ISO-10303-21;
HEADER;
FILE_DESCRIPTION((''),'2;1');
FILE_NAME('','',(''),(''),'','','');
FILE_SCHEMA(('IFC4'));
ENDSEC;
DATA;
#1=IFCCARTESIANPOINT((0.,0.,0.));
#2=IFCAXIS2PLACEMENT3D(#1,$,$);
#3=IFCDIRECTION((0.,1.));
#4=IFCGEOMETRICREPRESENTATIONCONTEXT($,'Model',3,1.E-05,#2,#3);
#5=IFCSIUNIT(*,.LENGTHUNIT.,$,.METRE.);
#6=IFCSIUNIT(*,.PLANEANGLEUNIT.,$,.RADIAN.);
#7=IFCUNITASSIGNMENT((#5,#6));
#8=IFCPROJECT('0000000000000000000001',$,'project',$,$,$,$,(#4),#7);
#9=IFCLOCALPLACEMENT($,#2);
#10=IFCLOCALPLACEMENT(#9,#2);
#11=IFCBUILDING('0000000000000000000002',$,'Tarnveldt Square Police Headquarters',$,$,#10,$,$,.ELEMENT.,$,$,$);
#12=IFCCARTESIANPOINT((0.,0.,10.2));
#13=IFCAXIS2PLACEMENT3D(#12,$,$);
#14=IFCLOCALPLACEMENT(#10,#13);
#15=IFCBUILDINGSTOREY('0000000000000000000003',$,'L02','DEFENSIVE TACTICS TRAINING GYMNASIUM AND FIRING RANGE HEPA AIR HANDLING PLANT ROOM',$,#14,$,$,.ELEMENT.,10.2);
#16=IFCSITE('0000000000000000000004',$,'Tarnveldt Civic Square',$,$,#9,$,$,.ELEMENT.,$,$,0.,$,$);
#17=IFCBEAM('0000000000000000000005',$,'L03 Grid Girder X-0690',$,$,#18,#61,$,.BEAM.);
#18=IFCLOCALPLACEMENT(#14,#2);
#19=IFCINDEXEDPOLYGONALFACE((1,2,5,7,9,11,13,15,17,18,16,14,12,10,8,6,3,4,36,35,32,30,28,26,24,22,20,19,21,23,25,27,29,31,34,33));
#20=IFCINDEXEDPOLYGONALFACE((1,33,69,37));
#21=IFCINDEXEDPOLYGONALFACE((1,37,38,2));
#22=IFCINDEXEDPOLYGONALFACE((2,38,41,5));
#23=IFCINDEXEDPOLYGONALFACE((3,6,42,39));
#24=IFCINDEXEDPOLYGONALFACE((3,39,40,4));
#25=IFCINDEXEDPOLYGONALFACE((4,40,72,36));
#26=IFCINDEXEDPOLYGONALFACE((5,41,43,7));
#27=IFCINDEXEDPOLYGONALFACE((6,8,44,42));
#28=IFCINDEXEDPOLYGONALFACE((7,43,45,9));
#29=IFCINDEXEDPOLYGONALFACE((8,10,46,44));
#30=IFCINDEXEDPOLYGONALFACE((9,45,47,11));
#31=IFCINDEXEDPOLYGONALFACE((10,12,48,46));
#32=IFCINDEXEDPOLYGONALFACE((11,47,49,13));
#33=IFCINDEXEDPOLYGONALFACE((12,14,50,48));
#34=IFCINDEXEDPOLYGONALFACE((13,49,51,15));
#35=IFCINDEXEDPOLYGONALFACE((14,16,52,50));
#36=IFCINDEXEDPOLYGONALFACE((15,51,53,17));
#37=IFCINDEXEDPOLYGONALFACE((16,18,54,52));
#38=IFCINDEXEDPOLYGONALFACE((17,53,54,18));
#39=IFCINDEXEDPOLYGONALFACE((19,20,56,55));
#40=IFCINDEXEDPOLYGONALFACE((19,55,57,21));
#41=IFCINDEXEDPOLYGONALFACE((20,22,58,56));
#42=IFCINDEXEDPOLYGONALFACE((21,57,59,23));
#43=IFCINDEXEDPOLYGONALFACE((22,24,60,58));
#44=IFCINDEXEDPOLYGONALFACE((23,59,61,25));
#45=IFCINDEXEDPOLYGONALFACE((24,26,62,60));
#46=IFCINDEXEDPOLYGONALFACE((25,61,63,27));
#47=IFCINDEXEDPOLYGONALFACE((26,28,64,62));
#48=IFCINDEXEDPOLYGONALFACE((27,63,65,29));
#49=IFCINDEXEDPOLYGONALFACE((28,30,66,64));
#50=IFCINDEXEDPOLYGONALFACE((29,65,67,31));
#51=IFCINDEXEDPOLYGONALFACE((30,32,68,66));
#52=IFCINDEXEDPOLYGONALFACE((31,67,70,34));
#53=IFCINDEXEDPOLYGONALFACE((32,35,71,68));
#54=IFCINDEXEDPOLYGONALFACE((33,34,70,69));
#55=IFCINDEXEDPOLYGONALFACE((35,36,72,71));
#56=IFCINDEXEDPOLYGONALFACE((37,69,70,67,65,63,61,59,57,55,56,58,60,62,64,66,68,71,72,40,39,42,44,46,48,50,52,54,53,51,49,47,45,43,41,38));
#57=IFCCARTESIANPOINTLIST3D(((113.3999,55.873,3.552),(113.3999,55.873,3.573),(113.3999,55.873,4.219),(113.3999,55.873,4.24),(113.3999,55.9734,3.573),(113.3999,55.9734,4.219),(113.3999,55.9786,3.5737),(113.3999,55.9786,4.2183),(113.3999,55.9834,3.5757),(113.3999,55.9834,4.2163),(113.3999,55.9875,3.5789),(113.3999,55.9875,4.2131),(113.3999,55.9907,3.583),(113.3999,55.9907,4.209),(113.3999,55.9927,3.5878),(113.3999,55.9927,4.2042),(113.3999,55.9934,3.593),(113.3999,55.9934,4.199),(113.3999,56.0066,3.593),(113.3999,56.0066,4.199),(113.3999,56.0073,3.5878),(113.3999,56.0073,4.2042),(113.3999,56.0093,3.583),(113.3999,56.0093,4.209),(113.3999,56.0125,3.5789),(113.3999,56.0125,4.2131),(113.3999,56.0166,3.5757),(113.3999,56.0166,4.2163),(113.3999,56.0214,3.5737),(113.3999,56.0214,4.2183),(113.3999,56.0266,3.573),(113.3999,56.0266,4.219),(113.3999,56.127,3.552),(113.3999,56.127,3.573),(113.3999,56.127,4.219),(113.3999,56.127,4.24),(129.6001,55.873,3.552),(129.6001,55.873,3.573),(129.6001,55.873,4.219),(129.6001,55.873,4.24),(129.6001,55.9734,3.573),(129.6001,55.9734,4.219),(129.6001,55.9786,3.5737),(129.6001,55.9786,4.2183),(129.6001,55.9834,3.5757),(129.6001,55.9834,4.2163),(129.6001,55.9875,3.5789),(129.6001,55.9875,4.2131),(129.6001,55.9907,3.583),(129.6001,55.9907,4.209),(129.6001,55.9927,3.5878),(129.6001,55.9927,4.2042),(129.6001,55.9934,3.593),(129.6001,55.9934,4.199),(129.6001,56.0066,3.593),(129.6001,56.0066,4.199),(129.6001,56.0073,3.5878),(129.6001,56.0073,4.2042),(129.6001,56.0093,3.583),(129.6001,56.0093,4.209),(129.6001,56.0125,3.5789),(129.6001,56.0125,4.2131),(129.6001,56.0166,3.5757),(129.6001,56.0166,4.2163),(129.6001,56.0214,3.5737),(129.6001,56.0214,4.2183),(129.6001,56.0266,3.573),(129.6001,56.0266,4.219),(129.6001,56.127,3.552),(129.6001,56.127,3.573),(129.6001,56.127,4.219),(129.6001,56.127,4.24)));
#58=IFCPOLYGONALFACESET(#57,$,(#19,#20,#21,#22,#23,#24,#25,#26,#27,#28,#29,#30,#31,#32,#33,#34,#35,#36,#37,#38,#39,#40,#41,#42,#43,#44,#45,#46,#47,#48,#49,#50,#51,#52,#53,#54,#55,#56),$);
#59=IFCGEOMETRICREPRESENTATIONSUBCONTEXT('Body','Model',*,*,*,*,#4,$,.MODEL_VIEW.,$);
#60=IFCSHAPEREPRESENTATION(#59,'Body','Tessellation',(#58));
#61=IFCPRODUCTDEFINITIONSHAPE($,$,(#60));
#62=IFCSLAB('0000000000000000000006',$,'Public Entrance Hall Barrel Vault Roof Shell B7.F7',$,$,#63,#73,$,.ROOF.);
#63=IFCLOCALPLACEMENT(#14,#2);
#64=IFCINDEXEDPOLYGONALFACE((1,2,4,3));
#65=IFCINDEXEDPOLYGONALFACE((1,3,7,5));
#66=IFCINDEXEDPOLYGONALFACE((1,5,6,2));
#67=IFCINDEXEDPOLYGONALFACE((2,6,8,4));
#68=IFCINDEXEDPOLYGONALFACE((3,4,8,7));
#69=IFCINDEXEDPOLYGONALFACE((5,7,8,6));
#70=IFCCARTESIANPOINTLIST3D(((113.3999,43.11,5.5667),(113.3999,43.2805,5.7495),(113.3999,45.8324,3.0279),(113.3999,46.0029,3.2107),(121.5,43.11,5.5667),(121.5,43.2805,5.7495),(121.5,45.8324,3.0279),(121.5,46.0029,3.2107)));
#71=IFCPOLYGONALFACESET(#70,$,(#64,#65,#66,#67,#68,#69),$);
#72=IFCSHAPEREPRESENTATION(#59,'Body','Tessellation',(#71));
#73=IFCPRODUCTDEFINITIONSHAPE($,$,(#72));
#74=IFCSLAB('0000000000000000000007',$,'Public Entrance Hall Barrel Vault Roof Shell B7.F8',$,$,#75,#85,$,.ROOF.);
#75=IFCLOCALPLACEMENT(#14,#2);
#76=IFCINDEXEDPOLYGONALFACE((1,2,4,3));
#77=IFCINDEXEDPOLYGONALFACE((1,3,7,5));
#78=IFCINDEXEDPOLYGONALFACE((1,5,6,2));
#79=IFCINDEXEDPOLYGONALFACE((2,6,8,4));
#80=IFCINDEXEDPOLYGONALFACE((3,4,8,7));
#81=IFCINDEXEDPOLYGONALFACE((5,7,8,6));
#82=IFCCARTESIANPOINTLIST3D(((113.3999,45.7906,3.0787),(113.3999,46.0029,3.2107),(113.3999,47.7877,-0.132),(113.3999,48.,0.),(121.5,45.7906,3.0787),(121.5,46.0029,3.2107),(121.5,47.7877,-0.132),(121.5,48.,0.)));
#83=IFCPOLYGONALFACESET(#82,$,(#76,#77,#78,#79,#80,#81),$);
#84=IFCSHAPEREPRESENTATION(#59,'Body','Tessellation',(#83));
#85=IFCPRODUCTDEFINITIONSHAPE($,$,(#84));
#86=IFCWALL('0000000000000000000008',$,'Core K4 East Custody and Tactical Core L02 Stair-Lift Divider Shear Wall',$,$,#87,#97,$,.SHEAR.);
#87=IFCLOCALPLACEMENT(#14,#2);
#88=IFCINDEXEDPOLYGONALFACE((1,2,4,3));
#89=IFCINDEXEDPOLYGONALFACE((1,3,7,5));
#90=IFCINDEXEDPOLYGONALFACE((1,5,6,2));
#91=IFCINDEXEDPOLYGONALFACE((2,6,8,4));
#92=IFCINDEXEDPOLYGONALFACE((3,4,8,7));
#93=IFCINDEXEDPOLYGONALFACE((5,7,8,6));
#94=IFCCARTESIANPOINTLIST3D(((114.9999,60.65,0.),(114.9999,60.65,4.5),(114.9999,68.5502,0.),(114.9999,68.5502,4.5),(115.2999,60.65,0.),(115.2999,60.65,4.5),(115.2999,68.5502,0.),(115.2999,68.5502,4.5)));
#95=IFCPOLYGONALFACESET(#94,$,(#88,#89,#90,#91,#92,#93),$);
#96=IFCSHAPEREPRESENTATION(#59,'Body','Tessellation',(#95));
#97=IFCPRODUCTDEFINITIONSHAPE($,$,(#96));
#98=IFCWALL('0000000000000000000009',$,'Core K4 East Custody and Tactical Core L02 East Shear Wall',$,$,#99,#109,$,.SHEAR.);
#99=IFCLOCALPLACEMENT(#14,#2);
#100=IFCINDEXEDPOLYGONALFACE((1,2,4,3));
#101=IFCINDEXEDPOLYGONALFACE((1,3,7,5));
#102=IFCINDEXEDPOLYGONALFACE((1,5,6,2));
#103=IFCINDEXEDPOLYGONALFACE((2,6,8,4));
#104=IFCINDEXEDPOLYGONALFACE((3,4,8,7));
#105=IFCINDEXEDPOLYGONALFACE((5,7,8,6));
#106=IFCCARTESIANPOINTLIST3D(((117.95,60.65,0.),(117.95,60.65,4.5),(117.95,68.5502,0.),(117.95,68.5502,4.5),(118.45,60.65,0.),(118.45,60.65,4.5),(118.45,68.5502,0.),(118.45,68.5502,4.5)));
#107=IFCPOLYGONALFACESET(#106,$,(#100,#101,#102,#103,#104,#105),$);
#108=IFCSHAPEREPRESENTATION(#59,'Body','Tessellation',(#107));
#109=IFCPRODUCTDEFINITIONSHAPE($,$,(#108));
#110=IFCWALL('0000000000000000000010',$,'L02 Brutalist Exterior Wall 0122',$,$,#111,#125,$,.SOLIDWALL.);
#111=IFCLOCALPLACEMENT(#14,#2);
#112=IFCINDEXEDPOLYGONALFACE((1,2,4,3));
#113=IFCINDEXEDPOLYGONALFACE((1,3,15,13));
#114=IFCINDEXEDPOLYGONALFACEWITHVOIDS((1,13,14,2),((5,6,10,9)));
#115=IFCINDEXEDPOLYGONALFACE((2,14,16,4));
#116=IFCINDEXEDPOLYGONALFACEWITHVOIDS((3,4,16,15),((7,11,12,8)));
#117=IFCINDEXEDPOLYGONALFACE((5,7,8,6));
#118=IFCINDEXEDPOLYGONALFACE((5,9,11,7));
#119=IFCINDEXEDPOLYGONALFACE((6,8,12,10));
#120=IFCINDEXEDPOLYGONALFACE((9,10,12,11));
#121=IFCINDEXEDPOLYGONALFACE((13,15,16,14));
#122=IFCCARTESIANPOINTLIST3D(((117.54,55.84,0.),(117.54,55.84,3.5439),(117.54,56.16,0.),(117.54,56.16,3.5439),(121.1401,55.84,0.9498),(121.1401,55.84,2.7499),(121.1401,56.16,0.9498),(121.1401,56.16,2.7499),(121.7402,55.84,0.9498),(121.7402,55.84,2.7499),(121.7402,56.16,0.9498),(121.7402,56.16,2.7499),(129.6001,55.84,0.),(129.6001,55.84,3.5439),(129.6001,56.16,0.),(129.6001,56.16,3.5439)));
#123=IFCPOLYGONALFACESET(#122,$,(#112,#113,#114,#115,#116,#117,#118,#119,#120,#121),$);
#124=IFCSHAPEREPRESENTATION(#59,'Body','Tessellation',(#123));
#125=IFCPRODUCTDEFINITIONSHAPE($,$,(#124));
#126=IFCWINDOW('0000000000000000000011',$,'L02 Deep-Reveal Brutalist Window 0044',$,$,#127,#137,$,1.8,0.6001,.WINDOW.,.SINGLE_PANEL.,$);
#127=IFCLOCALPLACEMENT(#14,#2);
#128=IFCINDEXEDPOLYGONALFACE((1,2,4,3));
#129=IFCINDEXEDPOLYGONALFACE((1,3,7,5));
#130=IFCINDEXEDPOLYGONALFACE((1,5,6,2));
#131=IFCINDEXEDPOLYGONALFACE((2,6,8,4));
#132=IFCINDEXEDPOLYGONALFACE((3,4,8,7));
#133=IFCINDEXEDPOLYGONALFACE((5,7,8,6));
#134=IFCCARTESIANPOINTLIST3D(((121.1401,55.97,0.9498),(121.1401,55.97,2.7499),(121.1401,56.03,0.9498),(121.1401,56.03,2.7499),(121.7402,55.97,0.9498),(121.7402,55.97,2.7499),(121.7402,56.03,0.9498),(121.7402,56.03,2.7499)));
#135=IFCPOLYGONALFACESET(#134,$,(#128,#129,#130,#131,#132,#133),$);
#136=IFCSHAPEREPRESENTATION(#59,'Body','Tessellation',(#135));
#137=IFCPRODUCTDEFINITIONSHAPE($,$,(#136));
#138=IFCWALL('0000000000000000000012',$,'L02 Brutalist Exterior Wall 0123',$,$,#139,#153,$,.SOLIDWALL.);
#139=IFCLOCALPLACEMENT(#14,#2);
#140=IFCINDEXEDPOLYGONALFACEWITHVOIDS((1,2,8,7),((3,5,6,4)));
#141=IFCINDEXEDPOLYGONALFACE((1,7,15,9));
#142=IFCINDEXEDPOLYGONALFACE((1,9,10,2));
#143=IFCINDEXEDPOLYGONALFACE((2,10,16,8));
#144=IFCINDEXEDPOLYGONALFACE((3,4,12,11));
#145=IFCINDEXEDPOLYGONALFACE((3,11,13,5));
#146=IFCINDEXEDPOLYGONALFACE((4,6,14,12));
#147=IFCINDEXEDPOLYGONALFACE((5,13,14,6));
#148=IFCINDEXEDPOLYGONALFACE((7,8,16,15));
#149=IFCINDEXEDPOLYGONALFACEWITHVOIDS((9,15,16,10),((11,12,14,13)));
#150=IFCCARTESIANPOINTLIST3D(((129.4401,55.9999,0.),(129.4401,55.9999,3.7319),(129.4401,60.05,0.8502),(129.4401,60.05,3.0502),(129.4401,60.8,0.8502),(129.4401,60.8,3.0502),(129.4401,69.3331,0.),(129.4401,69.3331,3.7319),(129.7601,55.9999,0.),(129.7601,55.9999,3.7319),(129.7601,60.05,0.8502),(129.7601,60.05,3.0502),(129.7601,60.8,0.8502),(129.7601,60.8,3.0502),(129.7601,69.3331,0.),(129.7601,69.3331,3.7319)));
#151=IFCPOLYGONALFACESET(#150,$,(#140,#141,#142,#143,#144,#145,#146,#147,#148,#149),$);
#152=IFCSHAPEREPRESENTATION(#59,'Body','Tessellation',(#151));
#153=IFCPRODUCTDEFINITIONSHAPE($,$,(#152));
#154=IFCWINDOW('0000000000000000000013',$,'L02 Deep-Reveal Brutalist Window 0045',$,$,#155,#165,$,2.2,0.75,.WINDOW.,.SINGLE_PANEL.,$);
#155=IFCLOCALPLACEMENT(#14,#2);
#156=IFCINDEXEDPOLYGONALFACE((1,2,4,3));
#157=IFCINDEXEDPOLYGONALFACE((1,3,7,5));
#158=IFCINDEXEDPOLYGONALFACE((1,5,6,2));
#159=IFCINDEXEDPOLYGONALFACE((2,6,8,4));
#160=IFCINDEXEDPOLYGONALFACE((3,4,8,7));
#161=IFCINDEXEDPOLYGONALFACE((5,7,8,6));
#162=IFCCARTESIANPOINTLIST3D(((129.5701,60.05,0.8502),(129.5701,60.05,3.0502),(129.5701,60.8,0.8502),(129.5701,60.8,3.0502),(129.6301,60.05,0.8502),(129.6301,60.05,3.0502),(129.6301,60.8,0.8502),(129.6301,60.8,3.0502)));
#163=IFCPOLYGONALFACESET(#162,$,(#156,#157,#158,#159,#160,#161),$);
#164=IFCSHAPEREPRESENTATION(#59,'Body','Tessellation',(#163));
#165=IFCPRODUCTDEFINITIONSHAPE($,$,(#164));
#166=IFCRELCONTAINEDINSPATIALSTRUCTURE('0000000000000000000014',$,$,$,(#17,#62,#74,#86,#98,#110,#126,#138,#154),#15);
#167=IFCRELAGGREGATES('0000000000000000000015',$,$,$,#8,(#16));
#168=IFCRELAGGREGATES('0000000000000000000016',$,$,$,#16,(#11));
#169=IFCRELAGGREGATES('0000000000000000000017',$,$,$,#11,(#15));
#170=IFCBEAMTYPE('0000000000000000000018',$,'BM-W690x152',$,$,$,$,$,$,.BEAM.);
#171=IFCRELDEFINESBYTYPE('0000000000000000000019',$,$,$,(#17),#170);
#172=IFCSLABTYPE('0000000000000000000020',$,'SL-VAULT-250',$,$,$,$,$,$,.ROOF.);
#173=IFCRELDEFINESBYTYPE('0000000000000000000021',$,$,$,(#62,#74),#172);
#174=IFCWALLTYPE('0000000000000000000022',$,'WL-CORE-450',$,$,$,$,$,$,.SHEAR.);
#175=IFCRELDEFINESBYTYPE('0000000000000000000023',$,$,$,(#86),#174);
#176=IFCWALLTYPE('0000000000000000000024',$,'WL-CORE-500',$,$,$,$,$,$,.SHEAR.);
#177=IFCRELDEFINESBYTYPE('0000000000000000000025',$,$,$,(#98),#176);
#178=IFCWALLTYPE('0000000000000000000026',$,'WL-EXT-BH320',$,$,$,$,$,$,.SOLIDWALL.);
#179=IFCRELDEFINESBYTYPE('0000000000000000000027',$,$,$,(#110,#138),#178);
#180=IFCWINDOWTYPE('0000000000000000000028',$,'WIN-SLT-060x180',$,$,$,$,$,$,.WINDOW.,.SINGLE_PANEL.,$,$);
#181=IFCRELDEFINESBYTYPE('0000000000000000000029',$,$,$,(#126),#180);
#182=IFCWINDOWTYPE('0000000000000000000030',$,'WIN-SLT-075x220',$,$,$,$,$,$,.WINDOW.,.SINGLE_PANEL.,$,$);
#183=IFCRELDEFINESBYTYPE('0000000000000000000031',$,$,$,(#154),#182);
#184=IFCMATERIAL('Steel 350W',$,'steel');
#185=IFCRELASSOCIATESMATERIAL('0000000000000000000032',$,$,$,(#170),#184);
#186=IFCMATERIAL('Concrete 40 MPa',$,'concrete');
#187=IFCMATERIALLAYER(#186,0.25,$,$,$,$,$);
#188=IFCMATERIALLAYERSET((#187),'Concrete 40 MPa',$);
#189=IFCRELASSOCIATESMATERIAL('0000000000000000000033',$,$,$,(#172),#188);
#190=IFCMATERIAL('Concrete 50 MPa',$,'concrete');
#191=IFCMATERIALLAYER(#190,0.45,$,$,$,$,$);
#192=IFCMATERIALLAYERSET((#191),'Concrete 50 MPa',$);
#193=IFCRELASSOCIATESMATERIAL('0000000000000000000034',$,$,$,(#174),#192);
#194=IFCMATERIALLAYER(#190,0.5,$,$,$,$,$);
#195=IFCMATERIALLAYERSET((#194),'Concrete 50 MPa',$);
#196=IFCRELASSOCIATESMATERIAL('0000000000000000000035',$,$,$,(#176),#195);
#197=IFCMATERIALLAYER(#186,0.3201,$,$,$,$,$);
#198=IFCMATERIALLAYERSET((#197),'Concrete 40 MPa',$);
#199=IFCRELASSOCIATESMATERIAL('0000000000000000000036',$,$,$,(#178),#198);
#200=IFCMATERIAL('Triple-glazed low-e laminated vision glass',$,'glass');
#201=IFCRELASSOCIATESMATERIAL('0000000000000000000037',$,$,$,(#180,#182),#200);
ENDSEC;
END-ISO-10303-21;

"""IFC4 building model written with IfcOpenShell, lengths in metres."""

from ifc_helpers import new_model, si_unit, direction, frame, frame_2d, origin, origin_2d, place, context, subcontext, project, spatial, polyline, rectangle, i_section, outline, extrude, material, layer, layer_set, material_profile, profile_set, type_object, element, fill, save


model = new_model("IFC4")

# Units and contexts
model_context = context("Model", 3, precision=1e-05, world=origin(), true_north=direction((0.0, 1.0)))
body_context = subcontext(model_context, "Body", "Model", "MODEL_VIEW")
ifc_project = project(units=[si_unit("LENGTHUNIT", "METRE"), si_unit("PLANEANGLEUNIT", "RADIAN")], contexts=[model_context])

# Site, building, storey
site_placement = place(None, origin())
site = spatial("IfcSite", under=ifc_project, at=site_placement, Name="Tarnveldt Civic Square", CompositionType="ELEMENT", RefElevation=0.0)
building_placement = place(site_placement, origin())
building = spatial("IfcBuilding", under=site, at=building_placement, Name="Tarnveldt Square Police Headquarters", CompositionType="ELEMENT")
storey_placement = place(building_placement, frame((0.0, 0.0, 10.2)))
storey = spatial("IfcBuildingStorey", under=building, at=storey_placement, Name="L02", Description="DEFENSIVE TACTICS TRAINING GYMNASIUM AND FIRING RANGE HEPA AIR HANDLING PLANT ROOM", CompositionType="ELEMENT", Elevation=10.2)

# Shared definitions
ifc_material_1 = material(Name="Concrete 40 MPa", Category="concrete")

# Beam
ifc_material_2 = material(Name="Steel 350W", Category="steel")
ifc_material_profile_1 = material_profile(ifc_material_2, i_section(OverallWidth=0.2539, OverallDepth=0.688, WebThickness=0.0132, FlangeThickness=0.021, FilletRadius=0.02, at=origin_2d()), Name="W690x152")
ifc_profile_set_1 = profile_set([ifc_material_profile_1], Name="Steel 350W")
beam_type_1 = type_object("IfcBeamType", Name="BM-W690x152", PredefinedType="BEAM", material=ifc_profile_set_1)
beam_1_placement = place(storey_placement, frame((113.3999, 56.0, 3.896), z_axis=(1.0, 0.0, 0.0), x_axis=(0.0, 1.0, 0.0)))
element("IfcBeam", 1, at=beam_1_placement, inside=storey, type_object=beam_type_1, Name="L03 Grid Girder X-0690", PredefinedType="BEAM", context=body_context, shape_type="SweptSolid", body=[
    extrude(i_section(OverallWidth=0.2539, OverallDepth=0.688, WebThickness=0.0132, FlangeThickness=0.021, FilletRadius=0.02, at=origin_2d()), origin(), (0.0, 0.0, 1.0), 16.2002),
])

# Slabs
ifc_layer_1 = layer(ifc_material_1, 0.25)
ifc_layer_set_1 = layer_set([ifc_layer_1], Name="Concrete 40 MPa")
slab_type = type_object("IfcSlabType", Name="SL-VAULT-250", PredefinedType="ROOF", material=ifc_layer_set_1)
slab_1_placement = place(storey_placement, frame((113.3999, 43.2805, 5.7495), z_axis=(0.0, 0.682017, 0.731337), x_axis=(1.0, 0.0, 0.0)))
element("IfcSlab", 2, at=slab_1_placement, inside=storey, type_object=slab_type, Name="Public Entrance Hall Barrel Vault Roof Shell B7.F7", PredefinedType="ROOF", context=body_context, shape_type="SweptSolid", body=[
    extrude(outline(polyline([(0.0, 0.0), (8.1001, 0.0), (8.1001, 3.7225), (0.0, 3.7225), (0.0, 0.0)])), origin(), (0.0, 0.0, -1.0), 0.25),
])
slab_2_placement = place(storey_placement, frame((113.3999, 46.0029, 3.2107), z_axis=(0.0, 0.849139, 0.528169), x_axis=(1.0, 0.0, 0.0)))
element("IfcSlab", 3, at=slab_2_placement, inside=storey, type_object=slab_type, Name="Public Entrance Hall Barrel Vault Roof Shell B7.F8", PredefinedType="ROOF", context=body_context, shape_type="SweptSolid", body=[
    extrude(outline(polyline([(0.0, 0.0), (8.1001, 0.0), (8.1001, 3.7811), (0.0, 3.7811), (0.0, 0.0)])), origin(), (0.0, 0.0, -1.0), 0.25),
])

# Walls
ifc_material_3 = material(Name="Concrete 50 MPa", Category="concrete")
ifc_layer_2 = layer(ifc_material_3, 0.45)
ifc_layer_set_2 = layer_set([ifc_layer_2], Name="Concrete 50 MPa")
wall_type_1 = type_object("IfcWallType", Name="WL-CORE-450", PredefinedType="SHEAR", material=ifc_layer_set_2)
wall_1_placement = place(storey_placement, frame((115.1499, 60.6499, 0.0), z_axis=(0.0, 0.0, 1.0), x_axis=(0.0, 1.0, 0.0)))
element("IfcWall", 4, at=wall_1_placement, inside=storey, type_object=wall_type_1, Name="Core K4 East Custody and Tactical Core L02 Stair-Lift Divider Shear Wall", PredefinedType="SHEAR", context=body_context, shape_type="SweptSolid", body=[
    extrude(rectangle(XDim=7.9001, YDim=0.3, at=frame_2d((3.9502, 0.0))), origin(), (0.0, 0.0, 1.0), 4.5),
])
ifc_layer_3 = layer(ifc_material_3, 0.5)
ifc_layer_set_3 = layer_set([ifc_layer_3], Name="Concrete 50 MPa")
wall_type_2 = type_object("IfcWallType", Name="WL-CORE-500", PredefinedType="SHEAR", material=ifc_layer_set_3)
wall_2_placement = place(storey_placement, frame((118.2, 60.6499, 0.0), z_axis=(0.0, 0.0, 1.0), x_axis=(0.0, 1.0, 0.0)))
element("IfcWall", 5, at=wall_2_placement, inside=storey, type_object=wall_type_2, Name="Core K4 East Custody and Tactical Core L02 East Shear Wall", PredefinedType="SHEAR", context=body_context, shape_type="SweptSolid", body=[
    extrude(rectangle(XDim=7.9001, YDim=0.5, at=frame_2d((3.9502, 0.0))), origin(), (0.0, 0.0, 1.0), 4.5),
])

# Walls, openings, windows
ifc_layer_4 = layer(ifc_material_1, 0.3201)
ifc_layer_set_4 = layer_set([ifc_layer_4], Name="Concrete 40 MPa")
wall_type_3 = type_object("IfcWallType", Name="WL-EXT-BH320", PredefinedType="SOLIDWALL", material=ifc_layer_set_4)
wall_3_placement = place(storey_placement, frame((117.54, 56.0, 0.0), z_axis=(0.0, 0.0, 1.0), x_axis=(1.0, 0.0, 0.0)))
wall_3 = element("IfcWall", 6, at=wall_3_placement, inside=storey, type_object=wall_type_3, Name="L02 Brutalist Exterior Wall 0122", PredefinedType="SOLIDWALL", context=body_context, shape_type="SweptSolid", body=[
    extrude(rectangle(XDim=12.0601, YDim=0.3201, at=frame_2d((6.03, 0.0))), origin(), (0.0, 0.0, 1.0), 3.5439),
])
opening_1_placement = place(wall_3_placement, frame((3.6001, 0.0, 0.95)))
opening_1 = element("IfcOpeningElement", 7, at=opening_1_placement, cuts=wall_3, PredefinedType="OPENING", context=body_context, shape_type="SweptSolid", body=[
    extrude(rectangle(XDim=0.6001, YDim=1.8, at=frame_2d((0.3, 0.8999))), frame((0.0, 0.1699, 0.0), z_axis=(0.0, -1.0, 0.0), x_axis=(1.0, 0.0, 0.0)), (0.0, 0.0, 1.0), 0.3401),
])
ifc_material_4 = material(Name="Triple-glazed low-e laminated vision glass", Category="glass")
window_type_1 = type_object("IfcWindowType", Name="WIN-SLT-060x180", PartitioningType="SINGLE_PANEL", PredefinedType="WINDOW", material=ifc_material_4)
window_1_placement = place(opening_1_placement, origin())
window_1 = element("IfcWindow", 8, at=window_1_placement, inside=storey, type_object=window_type_1, Name="L02 Deep-Reveal Brutalist Window 0044", OverallHeight=1.8, OverallWidth=0.6001, PartitioningType="SINGLE_PANEL", PredefinedType="WINDOW", context=body_context, shape_type="SweptSolid", body=[
    extrude(rectangle(XDim=0.6001, YDim=1.8, at=frame_2d((0.3, 0.8999))), frame((0.0, 0.03, 0.0), z_axis=(0.0, -1.0, 0.0), x_axis=(1.0, 0.0, 0.0)), (0.0, 0.0, 1.0), 0.0601),
])
fill(opening_1, window_1)
wall_4_placement = place(storey_placement, frame((129.6001, 56.0, 0.0), z_axis=(0.0, 0.0, 1.0), x_axis=(0.0, 1.0, 0.0)))
wall_4 = element("IfcWall", 9, at=wall_4_placement, inside=storey, type_object=wall_type_3, Name="L02 Brutalist Exterior Wall 0123", PredefinedType="SOLIDWALL", context=body_context, shape_type="SweptSolid", body=[
    extrude(rectangle(XDim=13.3333, YDim=0.3201, at=frame_2d((6.6665, 0.0))), origin(), (0.0, 0.0, 1.0), 3.7319),
])
opening_2_placement = place(wall_4_placement, frame((4.05, 0.0, 0.8501)))
opening_2 = element("IfcOpeningElement", 10, at=opening_2_placement, cuts=wall_4, PredefinedType="OPENING", context=body_context, shape_type="SweptSolid", body=[
    extrude(rectangle(XDim=0.75, YDim=2.2, at=frame_2d((0.375, 1.1001))), frame((0.0, 0.1699, 0.0), z_axis=(0.0, -1.0, 0.0), x_axis=(1.0, 0.0, 0.0)), (0.0, 0.0, 1.0), 0.3401),
])
window_type_2 = type_object("IfcWindowType", Name="WIN-SLT-075x220", PartitioningType="SINGLE_PANEL", PredefinedType="WINDOW", material=ifc_material_4)
window_2_placement = place(opening_2_placement, origin())
window_2 = element("IfcWindow", 11, at=window_2_placement, inside=storey, type_object=window_type_2, Name="L02 Deep-Reveal Brutalist Window 0045", OverallHeight=2.2, OverallWidth=0.75, PartitioningType="SINGLE_PANEL", PredefinedType="WINDOW", context=body_context, shape_type="SweptSolid", body=[
    extrude(rectangle(XDim=0.75, YDim=2.2, at=frame_2d((0.375, 1.1001))), frame((0.0, 0.03, 0.0), z_axis=(0.0, -1.0, 0.0), x_axis=(1.0, 0.0, 0.0)), (0.0, 0.0, 1.0), 0.0601),
])
fill(opening_2, window_2)

save(model, "model.ifc")
